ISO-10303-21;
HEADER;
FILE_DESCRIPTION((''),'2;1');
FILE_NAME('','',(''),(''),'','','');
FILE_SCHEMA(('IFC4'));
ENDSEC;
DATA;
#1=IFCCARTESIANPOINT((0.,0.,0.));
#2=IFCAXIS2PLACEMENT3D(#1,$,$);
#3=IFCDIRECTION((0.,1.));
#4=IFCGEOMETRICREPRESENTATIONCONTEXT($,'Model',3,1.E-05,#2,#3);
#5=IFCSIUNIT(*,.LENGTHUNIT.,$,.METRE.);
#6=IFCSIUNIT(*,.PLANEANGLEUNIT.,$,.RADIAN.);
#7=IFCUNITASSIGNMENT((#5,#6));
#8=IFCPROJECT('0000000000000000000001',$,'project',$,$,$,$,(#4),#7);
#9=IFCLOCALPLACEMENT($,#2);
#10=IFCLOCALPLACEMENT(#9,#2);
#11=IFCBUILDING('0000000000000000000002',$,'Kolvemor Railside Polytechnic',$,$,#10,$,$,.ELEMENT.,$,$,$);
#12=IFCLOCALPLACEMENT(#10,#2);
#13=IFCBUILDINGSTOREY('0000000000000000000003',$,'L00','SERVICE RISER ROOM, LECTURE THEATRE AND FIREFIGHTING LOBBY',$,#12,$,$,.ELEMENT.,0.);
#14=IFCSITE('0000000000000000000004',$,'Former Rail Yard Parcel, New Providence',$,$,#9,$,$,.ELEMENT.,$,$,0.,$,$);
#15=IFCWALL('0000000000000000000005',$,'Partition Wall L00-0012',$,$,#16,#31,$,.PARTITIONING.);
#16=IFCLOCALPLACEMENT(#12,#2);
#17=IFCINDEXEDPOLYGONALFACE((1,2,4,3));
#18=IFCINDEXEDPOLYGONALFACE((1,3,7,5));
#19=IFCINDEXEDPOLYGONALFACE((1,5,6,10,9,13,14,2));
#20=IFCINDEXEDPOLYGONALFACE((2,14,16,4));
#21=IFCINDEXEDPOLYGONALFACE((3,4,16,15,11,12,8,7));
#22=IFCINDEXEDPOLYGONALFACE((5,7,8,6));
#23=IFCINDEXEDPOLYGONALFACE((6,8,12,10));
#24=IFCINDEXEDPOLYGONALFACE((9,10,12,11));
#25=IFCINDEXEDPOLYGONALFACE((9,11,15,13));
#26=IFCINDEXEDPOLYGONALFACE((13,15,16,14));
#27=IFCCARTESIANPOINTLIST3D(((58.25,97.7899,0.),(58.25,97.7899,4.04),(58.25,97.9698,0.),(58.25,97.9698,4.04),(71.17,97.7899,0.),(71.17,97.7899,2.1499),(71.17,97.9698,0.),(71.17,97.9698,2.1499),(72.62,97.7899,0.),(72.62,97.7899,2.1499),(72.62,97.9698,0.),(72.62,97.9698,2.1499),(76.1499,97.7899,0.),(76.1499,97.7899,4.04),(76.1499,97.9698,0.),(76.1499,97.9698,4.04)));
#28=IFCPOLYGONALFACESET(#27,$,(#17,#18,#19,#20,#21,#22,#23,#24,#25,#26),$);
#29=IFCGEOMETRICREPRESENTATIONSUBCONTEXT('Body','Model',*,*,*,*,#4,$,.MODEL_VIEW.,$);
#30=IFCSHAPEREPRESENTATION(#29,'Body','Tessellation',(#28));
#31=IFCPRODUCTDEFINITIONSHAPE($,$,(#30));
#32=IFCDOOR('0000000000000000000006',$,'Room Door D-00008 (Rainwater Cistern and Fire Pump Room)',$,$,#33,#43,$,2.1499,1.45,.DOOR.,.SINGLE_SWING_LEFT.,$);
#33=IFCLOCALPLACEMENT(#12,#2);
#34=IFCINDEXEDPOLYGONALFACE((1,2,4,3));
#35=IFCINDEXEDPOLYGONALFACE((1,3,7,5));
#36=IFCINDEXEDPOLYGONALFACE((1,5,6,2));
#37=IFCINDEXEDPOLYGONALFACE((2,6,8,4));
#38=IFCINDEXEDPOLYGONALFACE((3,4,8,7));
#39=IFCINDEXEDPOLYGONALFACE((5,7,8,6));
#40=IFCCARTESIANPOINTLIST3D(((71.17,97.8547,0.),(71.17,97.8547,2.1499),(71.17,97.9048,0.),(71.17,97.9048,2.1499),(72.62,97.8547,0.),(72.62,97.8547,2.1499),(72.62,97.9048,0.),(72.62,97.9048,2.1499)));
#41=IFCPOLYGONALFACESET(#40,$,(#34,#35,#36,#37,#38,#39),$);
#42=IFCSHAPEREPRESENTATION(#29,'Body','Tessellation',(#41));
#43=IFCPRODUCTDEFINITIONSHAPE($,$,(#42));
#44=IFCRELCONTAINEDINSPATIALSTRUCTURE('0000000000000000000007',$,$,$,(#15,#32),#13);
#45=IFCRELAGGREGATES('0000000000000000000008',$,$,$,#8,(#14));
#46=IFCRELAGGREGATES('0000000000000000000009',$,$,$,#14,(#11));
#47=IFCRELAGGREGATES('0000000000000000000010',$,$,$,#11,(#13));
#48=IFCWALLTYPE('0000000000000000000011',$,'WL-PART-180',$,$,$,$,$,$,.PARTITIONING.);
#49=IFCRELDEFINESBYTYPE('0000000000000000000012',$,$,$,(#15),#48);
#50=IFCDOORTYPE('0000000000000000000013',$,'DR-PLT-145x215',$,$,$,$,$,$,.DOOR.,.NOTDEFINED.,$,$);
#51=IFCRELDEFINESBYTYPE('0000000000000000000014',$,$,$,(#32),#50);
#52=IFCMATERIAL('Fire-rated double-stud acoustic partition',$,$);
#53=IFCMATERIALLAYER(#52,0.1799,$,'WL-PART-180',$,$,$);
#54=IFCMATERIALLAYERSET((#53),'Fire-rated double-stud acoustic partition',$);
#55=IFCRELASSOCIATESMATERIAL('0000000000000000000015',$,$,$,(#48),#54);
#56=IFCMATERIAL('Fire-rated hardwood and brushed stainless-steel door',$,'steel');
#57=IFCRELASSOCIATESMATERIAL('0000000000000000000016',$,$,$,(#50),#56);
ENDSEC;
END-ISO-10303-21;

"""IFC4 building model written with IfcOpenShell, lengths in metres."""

from ifc_helpers import new_model, si_unit, direction, frame, frame_2d, origin, place, context, subcontext, project, spatial, rectangle, extrude, material, layer, layer_set, type_object, element, fill, save


model = new_model("IFC4")

# Units and contexts
model_context = context("Model", 3, precision=1e-05, world=origin(), true_north=direction((0.0, 1.0)))
body_context = subcontext(model_context, "Body", "Model", "MODEL_VIEW")
ifc_project = project(units=[si_unit("LENGTHUNIT", "METRE"), si_unit("PLANEANGLEUNIT", "RADIAN")], contexts=[model_context])

# Site, building, storey
site_placement = place(None, origin())
site = spatial("IfcSite", under=ifc_project, at=site_placement, Name="Former Rail Yard Parcel, New Providence", CompositionType="ELEMENT", RefElevation=0.0)
building_placement = place(site_placement, origin())
building = spatial("IfcBuilding", under=site, at=building_placement, Name="Kolvemor Railside Polytechnic", CompositionType="ELEMENT")
storey_placement = place(building_placement, origin())
storey = spatial("IfcBuildingStorey", under=building, at=storey_placement, Name="L00", Description="SERVICE RISER ROOM, LECTURE THEATRE AND FIREFIGHTING LOBBY", CompositionType="ELEMENT", Elevation=0.0)

# Shared definitions
ifc_material_1 = material(Name="Fire-rated double-stud acoustic partition")
ifc_layer_1 = layer(ifc_material_1, 0.1799, Name="WL-PART-180")
ifc_layer_set_1 = layer_set([ifc_layer_1], Name="Fire-rated double-stud acoustic partition")
wall_type_1 = type_object("IfcWallType", Name="WL-PART-180", PredefinedType="PARTITIONING", material=ifc_layer_set_1)

# Wall, opening, door
wall_1_placement = place(storey_placement, frame((58.25, 97.8799, 0.0), z_axis=(0.0, 0.0, 1.0), x_axis=(1.0, 0.0, 0.0)))
wall_1 = element("IfcWall", 1, at=wall_1_placement, inside=storey, type_object=wall_type_1, Name="Partition Wall L00-0012", PredefinedType="PARTITIONING", context=body_context, shape_type="SweptSolid", body=[
    extrude(rectangle(XDim=17.8999, YDim=0.1799, at=frame_2d((8.95, 0.0))), origin(), (0.0, 0.0, 1.0), 4.04),
])
opening_1_placement = place(wall_1_placement, frame((12.9199, 0.0, 0.0)))
opening_1 = element("IfcOpeningElement", 2, at=opening_1_placement, cuts=wall_1, PredefinedType="OPENING", context=body_context, shape_type="SweptSolid", body=[
    extrude(rectangle(XDim=1.45, YDim=2.1499, at=frame_2d((0.7251, 1.075))), frame((0.0, 0.0999, 0.0), z_axis=(0.0, -1.0, 0.0), x_axis=(1.0, 0.0, 0.0)), (0.0, 0.0, 1.0), 0.2),
])
ifc_material_2 = material(Name="Fire-rated hardwood and brushed stainless-steel door", Category="steel")
door_type_1 = type_object("IfcDoorType", Name="DR-PLT-145x215", OperationType="NOTDEFINED", PredefinedType="DOOR", material=ifc_material_2)
door_1_placement = place(opening_1_placement, origin())
door_1 = element("IfcDoor", 3, at=door_1_placement, inside=storey, type_object=door_type_1, Name="Room Door D-00008 (Rainwater Cistern and Fire Pump Room)", OperationType="SINGLE_SWING_LEFT", OverallHeight=2.1499, OverallWidth=1.45, PredefinedType="DOOR", context=body_context, shape_type="SweptSolid", body=[
    extrude(rectangle(XDim=1.45, YDim=2.1499, at=frame_2d((0.7251, 1.075))), frame((0.0, 0.0249, 0.0), z_axis=(0.0, -1.0, 0.0), x_axis=(1.0, 0.0, 0.0)), (0.0, 0.0, 1.0), 0.05),
])
fill(opening_1, door_1)

save(model, "model.ifc")
